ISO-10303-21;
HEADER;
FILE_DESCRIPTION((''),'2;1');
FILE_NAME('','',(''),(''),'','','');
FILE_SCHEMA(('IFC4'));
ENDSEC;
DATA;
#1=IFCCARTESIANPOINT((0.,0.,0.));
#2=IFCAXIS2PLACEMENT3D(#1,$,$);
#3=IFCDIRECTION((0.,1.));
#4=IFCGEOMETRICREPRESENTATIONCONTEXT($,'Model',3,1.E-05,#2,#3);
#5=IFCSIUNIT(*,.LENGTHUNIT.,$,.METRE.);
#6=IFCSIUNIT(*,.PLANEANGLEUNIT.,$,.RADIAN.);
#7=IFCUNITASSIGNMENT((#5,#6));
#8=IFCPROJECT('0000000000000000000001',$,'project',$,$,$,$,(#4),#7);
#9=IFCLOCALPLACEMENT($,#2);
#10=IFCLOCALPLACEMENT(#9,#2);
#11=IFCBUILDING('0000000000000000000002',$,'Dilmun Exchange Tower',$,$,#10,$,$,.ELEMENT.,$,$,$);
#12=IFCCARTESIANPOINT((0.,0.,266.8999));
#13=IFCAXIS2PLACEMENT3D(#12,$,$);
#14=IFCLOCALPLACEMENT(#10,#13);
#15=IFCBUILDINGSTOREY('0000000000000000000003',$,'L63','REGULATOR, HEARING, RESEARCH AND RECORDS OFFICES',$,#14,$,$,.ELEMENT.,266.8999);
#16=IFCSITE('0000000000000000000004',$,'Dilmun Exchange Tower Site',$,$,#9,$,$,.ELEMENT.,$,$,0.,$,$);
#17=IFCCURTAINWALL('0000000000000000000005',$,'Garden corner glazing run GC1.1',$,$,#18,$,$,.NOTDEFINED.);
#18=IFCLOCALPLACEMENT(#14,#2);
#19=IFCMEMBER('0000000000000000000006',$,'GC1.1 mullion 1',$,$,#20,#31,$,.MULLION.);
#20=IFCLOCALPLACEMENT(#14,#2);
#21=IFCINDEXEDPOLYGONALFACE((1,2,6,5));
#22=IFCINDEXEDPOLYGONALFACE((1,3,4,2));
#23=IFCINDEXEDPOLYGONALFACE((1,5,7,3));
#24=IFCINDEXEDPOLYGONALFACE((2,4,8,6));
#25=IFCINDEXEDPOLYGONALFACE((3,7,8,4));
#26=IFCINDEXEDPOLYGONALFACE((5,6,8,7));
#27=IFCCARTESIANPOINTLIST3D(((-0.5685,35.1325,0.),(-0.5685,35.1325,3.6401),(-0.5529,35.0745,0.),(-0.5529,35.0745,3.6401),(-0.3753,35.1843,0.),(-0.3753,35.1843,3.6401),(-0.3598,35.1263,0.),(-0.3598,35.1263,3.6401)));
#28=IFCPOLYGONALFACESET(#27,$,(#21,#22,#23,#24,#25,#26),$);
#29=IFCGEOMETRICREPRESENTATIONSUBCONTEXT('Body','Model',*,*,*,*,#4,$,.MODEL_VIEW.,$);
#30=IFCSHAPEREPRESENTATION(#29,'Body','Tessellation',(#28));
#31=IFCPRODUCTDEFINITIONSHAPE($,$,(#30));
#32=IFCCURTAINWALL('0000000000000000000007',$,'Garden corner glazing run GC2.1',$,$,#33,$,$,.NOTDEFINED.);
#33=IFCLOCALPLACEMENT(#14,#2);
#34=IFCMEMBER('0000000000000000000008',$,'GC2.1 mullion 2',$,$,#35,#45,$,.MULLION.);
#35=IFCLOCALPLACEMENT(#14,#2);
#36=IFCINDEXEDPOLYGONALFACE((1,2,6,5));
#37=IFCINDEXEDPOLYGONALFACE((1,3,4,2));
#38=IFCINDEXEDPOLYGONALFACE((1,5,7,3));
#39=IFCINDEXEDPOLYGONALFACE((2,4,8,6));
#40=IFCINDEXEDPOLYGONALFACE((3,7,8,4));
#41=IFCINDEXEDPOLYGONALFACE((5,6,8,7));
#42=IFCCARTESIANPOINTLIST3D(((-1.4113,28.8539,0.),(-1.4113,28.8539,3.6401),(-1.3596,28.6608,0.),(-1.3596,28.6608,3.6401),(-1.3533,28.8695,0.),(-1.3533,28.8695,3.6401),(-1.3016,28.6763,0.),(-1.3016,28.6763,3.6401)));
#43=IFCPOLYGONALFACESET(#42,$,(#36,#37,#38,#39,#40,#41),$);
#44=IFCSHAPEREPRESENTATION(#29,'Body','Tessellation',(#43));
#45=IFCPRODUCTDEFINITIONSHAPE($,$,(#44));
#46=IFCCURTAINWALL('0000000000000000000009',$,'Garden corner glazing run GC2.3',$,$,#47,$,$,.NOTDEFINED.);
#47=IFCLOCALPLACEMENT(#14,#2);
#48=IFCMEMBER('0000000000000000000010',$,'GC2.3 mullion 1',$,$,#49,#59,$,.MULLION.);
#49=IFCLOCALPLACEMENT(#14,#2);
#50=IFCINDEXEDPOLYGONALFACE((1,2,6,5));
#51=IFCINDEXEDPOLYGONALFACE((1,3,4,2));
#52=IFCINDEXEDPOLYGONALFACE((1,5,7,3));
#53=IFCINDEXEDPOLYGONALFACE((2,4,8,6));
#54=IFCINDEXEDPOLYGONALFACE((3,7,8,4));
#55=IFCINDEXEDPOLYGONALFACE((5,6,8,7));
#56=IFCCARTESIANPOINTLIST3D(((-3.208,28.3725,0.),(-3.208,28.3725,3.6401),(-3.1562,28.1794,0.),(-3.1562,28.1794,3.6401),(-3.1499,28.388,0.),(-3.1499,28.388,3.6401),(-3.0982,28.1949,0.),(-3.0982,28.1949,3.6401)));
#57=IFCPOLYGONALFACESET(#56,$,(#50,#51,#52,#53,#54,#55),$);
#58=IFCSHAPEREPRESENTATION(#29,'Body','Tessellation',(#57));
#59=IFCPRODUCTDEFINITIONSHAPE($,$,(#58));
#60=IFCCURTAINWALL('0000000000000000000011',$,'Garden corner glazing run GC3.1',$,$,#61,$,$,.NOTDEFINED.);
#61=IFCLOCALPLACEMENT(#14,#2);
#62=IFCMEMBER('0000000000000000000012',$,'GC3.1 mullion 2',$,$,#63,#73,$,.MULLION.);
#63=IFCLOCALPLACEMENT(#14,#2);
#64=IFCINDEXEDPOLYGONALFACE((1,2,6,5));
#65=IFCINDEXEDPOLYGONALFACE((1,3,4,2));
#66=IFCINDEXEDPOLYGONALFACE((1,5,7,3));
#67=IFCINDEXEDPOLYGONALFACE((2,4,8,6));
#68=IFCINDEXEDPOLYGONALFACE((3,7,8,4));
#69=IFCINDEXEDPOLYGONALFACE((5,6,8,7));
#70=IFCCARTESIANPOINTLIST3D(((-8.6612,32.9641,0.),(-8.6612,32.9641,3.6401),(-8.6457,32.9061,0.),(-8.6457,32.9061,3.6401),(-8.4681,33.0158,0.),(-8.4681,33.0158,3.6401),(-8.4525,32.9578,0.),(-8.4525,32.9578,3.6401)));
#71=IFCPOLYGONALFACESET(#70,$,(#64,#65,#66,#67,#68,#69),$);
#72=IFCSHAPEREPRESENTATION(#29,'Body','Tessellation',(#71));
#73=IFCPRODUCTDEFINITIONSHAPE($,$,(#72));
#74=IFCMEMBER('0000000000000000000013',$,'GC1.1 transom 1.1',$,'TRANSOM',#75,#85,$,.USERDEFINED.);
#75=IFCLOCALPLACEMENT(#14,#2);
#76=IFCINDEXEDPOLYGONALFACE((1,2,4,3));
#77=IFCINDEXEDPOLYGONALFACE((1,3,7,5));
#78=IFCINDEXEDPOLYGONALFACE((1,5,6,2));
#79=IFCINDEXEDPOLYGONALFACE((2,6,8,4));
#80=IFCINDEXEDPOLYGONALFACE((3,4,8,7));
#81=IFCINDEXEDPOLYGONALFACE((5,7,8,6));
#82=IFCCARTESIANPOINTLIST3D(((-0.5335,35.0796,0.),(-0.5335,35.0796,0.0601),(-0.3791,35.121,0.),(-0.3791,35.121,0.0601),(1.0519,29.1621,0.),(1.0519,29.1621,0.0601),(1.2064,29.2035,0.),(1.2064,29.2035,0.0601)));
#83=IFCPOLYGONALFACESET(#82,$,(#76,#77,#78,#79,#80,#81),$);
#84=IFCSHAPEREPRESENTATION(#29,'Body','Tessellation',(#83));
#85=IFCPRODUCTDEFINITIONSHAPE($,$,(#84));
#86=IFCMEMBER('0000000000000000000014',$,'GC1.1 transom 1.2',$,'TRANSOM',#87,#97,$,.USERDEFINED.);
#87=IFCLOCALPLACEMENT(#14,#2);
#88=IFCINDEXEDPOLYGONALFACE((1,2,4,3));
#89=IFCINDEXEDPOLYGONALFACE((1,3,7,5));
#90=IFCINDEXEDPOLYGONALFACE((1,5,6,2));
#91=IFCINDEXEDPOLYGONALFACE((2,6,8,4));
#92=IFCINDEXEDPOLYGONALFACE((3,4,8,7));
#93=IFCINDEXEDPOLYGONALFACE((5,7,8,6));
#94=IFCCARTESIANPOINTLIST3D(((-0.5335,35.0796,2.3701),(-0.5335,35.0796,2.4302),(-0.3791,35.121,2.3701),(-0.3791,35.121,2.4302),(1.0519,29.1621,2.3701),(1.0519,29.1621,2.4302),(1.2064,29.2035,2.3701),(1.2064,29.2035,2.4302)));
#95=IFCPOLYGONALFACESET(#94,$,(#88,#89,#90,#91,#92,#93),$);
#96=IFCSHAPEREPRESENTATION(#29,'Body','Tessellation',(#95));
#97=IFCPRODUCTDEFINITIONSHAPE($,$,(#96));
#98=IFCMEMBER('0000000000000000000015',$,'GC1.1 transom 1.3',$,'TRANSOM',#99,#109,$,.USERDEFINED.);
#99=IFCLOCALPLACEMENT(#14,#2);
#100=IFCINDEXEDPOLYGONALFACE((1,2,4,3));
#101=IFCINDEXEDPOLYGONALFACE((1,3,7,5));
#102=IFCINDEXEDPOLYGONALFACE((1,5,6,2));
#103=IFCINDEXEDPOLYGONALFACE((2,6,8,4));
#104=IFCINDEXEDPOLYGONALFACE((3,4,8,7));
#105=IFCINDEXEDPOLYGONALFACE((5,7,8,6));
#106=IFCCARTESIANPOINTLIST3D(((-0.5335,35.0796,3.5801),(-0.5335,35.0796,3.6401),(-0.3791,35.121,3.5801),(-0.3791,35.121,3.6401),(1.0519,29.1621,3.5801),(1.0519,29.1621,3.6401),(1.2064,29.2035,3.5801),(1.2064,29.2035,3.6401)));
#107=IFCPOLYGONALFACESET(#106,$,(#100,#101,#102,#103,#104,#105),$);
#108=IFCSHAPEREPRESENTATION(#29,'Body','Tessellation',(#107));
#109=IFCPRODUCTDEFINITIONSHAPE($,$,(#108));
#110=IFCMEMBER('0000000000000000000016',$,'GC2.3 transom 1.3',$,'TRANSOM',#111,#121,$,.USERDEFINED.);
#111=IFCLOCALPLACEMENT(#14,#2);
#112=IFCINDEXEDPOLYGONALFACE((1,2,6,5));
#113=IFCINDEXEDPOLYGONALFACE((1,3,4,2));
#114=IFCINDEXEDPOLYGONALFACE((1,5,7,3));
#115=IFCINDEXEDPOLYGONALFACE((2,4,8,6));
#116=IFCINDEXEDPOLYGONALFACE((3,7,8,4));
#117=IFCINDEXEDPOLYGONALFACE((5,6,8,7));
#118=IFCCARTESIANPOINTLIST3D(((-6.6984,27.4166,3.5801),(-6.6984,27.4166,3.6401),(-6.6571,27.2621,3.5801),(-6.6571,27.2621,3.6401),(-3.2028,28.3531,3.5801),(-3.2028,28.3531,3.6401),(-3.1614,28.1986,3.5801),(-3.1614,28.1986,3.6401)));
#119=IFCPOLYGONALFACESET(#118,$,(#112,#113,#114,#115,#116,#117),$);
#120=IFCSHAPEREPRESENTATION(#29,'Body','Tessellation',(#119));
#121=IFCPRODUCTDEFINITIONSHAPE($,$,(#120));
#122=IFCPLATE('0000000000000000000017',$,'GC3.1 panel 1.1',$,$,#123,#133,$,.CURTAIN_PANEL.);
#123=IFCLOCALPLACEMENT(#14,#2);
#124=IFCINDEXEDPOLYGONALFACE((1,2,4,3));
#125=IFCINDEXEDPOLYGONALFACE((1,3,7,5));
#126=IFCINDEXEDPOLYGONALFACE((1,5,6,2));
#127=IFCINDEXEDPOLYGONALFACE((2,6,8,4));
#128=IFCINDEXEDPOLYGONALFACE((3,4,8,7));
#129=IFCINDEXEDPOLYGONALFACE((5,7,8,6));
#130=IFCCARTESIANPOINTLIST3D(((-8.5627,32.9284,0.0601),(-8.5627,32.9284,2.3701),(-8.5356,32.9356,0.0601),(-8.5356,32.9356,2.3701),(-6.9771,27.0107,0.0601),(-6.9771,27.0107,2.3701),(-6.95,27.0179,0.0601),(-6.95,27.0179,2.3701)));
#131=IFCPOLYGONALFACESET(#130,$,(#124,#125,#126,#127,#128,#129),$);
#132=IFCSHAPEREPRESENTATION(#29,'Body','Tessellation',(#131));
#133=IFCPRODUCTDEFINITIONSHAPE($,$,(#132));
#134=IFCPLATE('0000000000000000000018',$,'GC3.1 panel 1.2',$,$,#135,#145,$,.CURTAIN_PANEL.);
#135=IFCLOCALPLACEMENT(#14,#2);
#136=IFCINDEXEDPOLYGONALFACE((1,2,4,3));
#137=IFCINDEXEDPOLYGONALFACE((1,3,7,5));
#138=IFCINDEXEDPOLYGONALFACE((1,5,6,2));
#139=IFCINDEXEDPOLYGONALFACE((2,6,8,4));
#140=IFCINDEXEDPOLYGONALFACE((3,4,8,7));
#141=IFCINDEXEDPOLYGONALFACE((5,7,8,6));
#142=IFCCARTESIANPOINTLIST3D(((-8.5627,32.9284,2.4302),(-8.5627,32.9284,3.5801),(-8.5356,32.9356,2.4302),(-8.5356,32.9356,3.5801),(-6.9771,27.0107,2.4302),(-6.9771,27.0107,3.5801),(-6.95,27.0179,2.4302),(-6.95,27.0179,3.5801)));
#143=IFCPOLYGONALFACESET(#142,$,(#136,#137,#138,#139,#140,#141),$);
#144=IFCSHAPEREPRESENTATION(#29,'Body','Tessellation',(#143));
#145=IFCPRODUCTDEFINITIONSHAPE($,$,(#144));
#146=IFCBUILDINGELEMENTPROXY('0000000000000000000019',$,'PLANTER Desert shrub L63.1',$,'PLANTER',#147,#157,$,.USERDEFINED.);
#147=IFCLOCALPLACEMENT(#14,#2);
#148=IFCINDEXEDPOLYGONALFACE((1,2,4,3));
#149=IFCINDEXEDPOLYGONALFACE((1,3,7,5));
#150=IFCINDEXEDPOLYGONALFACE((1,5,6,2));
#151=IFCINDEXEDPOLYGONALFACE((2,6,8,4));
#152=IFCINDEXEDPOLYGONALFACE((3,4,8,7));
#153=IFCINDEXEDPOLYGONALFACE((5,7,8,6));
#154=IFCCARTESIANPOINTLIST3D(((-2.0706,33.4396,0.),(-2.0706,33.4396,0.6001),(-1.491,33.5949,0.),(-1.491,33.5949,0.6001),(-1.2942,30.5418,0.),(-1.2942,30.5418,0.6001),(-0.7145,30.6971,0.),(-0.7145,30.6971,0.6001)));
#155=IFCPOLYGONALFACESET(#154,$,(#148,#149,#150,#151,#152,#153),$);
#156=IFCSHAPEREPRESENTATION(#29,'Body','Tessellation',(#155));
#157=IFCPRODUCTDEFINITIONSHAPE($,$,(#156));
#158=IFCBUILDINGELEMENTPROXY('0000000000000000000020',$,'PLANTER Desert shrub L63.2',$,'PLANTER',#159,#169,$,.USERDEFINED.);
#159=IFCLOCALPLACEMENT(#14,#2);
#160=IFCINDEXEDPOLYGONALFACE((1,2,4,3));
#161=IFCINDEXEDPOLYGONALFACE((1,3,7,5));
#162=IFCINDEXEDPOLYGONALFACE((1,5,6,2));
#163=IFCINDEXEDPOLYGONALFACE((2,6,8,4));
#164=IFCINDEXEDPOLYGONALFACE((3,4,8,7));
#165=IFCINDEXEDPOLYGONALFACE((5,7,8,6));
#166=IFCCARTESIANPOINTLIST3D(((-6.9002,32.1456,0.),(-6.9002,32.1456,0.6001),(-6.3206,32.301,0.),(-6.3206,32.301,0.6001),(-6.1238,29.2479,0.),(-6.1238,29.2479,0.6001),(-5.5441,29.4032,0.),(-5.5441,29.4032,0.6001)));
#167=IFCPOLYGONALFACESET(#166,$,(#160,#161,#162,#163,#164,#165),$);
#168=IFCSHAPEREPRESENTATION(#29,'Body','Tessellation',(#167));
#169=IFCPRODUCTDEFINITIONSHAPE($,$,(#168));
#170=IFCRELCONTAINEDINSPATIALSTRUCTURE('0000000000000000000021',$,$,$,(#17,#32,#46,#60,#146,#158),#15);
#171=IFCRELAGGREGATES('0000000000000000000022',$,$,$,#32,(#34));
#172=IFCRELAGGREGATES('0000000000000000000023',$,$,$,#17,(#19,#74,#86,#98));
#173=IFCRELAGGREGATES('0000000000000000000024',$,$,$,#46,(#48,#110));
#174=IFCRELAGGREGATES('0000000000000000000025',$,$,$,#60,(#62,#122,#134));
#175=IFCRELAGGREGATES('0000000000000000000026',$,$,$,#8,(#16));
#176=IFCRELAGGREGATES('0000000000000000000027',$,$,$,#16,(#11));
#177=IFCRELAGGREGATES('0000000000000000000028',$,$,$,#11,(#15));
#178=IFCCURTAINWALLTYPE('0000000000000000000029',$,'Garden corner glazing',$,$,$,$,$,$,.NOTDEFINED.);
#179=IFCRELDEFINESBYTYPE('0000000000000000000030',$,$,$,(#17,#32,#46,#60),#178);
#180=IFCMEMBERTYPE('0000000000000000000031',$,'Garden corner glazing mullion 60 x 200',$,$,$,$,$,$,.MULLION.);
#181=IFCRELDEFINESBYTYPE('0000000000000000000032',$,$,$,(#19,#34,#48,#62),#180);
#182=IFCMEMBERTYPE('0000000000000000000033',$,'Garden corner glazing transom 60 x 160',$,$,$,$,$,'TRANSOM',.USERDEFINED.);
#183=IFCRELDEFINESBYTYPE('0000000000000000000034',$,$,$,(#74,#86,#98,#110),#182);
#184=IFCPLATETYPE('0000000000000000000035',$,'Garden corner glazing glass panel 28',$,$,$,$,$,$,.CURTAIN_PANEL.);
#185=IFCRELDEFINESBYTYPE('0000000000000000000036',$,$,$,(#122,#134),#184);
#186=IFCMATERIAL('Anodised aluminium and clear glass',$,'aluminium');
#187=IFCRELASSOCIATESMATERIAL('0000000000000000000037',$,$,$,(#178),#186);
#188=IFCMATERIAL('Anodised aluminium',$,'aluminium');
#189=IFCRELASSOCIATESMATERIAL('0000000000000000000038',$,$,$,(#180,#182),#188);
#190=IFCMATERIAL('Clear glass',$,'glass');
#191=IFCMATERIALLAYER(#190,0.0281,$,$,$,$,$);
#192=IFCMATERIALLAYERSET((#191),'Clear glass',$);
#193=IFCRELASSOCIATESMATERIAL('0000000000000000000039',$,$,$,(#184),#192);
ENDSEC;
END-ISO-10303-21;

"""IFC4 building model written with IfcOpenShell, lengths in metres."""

from ifc_helpers import new_model, si_unit, direction, frame, origin, origin_2d, place, context, subcontext, project, spatial, rectangle, extrude, material, layer, layer_set, material_profile, profile_set, type_object, element, aggregate, save


model = new_model("IFC4")

# Units and contexts
model_context = context("Model", 3, precision=1e-05, world=origin(), true_north=direction((0.0, 1.0)))
body_context = subcontext(model_context, "Body", "Model", "MODEL_VIEW")
ifc_project = project(units=[si_unit("LENGTHUNIT", "METRE"), si_unit("PLANEANGLEUNIT", "RADIAN")], contexts=[model_context])

# Site, building, storey
site_placement = place(None, origin())
site = spatial("IfcSite", under=ifc_project, at=site_placement, Name="Dilmun Exchange Tower Site", CompositionType="ELEMENT", RefElevation=0.0)
building_placement = place(site_placement, origin())
building = spatial("IfcBuilding", under=site, at=building_placement, Name="Dilmun Exchange Tower", CompositionType="ELEMENT")
storey_placement = place(building_placement, frame((0.0, 0.0, 266.8999)))
storey = spatial("IfcBuildingStorey", under=building, at=storey_placement, Name="L63", Description="REGULATOR, HEARING, RESEARCH AND RECORDS OFFICES", CompositionType="ELEMENT", Elevation=266.8999)

# Curtain walls, members
ifc_material_1 = material(Name="Anodised aluminium and clear glass", Category="aluminium")
curtain_wall_type = type_object("IfcCurtainWallType", Name="Garden corner glazing", PredefinedType="NOTDEFINED", material=ifc_material_1)
curtain_wall_1_placement = place(storey_placement, origin())
curtain_wall_1 = element("IfcCurtainWall", 1, at=curtain_wall_1_placement, inside=storey, type_object=curtain_wall_type, Name="Garden corner glazing run GC1.1", PredefinedType="NOTDEFINED")
ifc_material_2 = material(Name="Anodised aluminium", Category="aluminium")
ifc_material_profile_1 = material_profile(ifc_material_2, rectangle(XDim=0.2, YDim=0.0601, at=origin_2d()), Name="AL 60x200")
ifc_profile_set_1 = profile_set([ifc_material_profile_1], Name="Anodised aluminium")
member_type_1 = type_object("IfcMemberType", Name="Garden corner glazing mullion 60 x 200", PredefinedType="MULLION", material=ifc_profile_set_1)
member_1_placement = place(storey_placement, frame((-0.4641, 35.1294, 0.0), z_axis=(0.0, 0.0, 1.0), x_axis=(0.965926, 0.258819, 0.0)))
member_1 = element("IfcMember", 2, at=member_1_placement, type_object=member_type_1, Name="GC1.1 mullion 1", PredefinedType="MULLION", context=body_context, shape_type="SweptSolid", body=[
    extrude(rectangle(XDim=0.2, YDim=0.0601, at=origin_2d()), origin(), (0.0, 0.0, 1.0), 3.6401),
])
curtain_wall_2_placement = place(storey_placement, origin())
curtain_wall_2 = element("IfcCurtainWall", 3, at=curtain_wall_2_placement, inside=storey, type_object=curtain_wall_type, Name="Garden corner glazing run GC2.1", PredefinedType="NOTDEFINED")
member_2_placement = place(storey_placement, frame((-1.3564, 28.7651, 0.0), z_axis=(0.0, 0.0, 1.0), x_axis=(0.25881, -0.965928, 0.0)))
member_2 = element("IfcMember", 4, at=member_2_placement, type_object=member_type_1, Name="GC2.1 mullion 2", PredefinedType="MULLION", context=body_context, shape_type="SweptSolid", body=[
    extrude(rectangle(XDim=0.2, YDim=0.0601, at=origin_2d()), origin(), (0.0, 0.0, 1.0), 3.6401),
])
aggregate(curtain_wall_2, [member_2])
curtain_wall_3_placement = place(storey_placement, origin())
curtain_wall_3 = element("IfcCurtainWall", 5, at=curtain_wall_3_placement, inside=storey, type_object=curtain_wall_type, Name="Garden corner glazing run GC2.3", PredefinedType="NOTDEFINED")
member_3_placement = place(storey_placement, frame((-3.1531, 28.2837, 0.0), z_axis=(0.0, 0.0, 1.0), x_axis=(0.258813, -0.965928, 0.0)))
member_3 = element("IfcMember", 6, at=member_3_placement, type_object=member_type_1, Name="GC2.3 mullion 1", PredefinedType="MULLION", context=body_context, shape_type="SweptSolid", body=[
    extrude(rectangle(XDim=0.2, YDim=0.0601, at=origin_2d()), origin(), (0.0, 0.0, 1.0), 3.6401),
])
curtain_wall_4_placement = place(storey_placement, origin())
curtain_wall_4 = element("IfcCurtainWall", 7, at=curtain_wall_4_placement, inside=storey, type_object=curtain_wall_type, Name="Garden corner glazing run GC3.1", PredefinedType="NOTDEFINED")
member_4_placement = place(storey_placement, frame((-8.5569, 32.9609, 0.0), z_axis=(0.0, 0.0, 1.0), x_axis=(-0.965926, -0.258819, 0.0)))
member_4 = element("IfcMember", 8, at=member_4_placement, type_object=member_type_1, Name="GC3.1 mullion 2", PredefinedType="MULLION", context=body_context, shape_type="SweptSolid", body=[
    extrude(rectangle(XDim=0.2, YDim=0.0601, at=origin_2d()), origin(), (0.0, 0.0, 1.0), 3.6401),
])

# Members
ifc_material_profile_2 = material_profile(ifc_material_2, rectangle(XDim=0.1599, YDim=0.0601, at=origin_2d()), Name="AL 60x160")
ifc_profile_set_2 = profile_set([ifc_material_profile_2], Name="Anodised aluminium")
member_type_2 = type_object("IfcMemberType", Name="Garden corner glazing transom 60 x 160", ElementType="TRANSOM", PredefinedType="USERDEFINED", material=ifc_profile_set_2)
member_5_placement = place(storey_placement, frame((-0.4563, 35.1003, 0.03), z_axis=(0.258799, -0.965931, 0.0), x_axis=(0.965931, 0.258799, 0.0)))
member_5 = element("IfcMember", 9, at=member_5_placement, type_object=member_type_2, Name="GC1.1 transom 1.1", ObjectType="TRANSOM", PredefinedType="USERDEFINED", context=body_context, shape_type="SweptSolid", body=[
    extrude(rectangle(XDim=0.1599, YDim=0.0601, at=origin_2d()), origin(), (0.0, 0.0, 1.0), 6.1262),
])
member_6_placement = place(storey_placement, frame((-0.4563, 35.1003, 2.4001), z_axis=(0.258799, -0.965931, 0.0), x_axis=(0.965931, 0.258799, 0.0)))
member_6 = element("IfcMember", 10, at=member_6_placement, type_object=member_type_2, Name="GC1.1 transom 1.2", ObjectType="TRANSOM", PredefinedType="USERDEFINED", context=body_context, shape_type="SweptSolid", body=[
    extrude(rectangle(XDim=0.1599, YDim=0.0601, at=origin_2d()), origin(), (0.0, 0.0, 1.0), 6.1262),
])
member_7_placement = place(storey_placement, frame((-0.4563, 35.1003, 3.6101), z_axis=(0.258799, -0.965931, 0.0), x_axis=(0.965931, 0.258799, 0.0)))
member_7 = element("IfcMember", 11, at=member_7_placement, type_object=member_type_2, Name="GC1.1 transom 1.3", ObjectType="TRANSOM", PredefinedType="USERDEFINED", context=body_context, shape_type="SweptSolid", body=[
    extrude(rectangle(XDim=0.1599, YDim=0.0601, at=origin_2d()), origin(), (0.0, 0.0, 1.0), 6.1262),
])
aggregate(curtain_wall_1, [member_1, member_5, member_6, member_7])
member_8_placement = place(storey_placement, frame((-3.1821, 28.2759, 3.6101), z_axis=(-0.965934, -0.258788, 0.0), x_axis=(0.258788, -0.965934, 0.0)))
member_8 = element("IfcMember", 12, at=member_8_placement, type_object=member_type_2, Name="GC2.3 transom 1.3", ObjectType="TRANSOM", PredefinedType="USERDEFINED", context=body_context, shape_type="SweptSolid", body=[
    extrude(rectangle(XDim=0.1599, YDim=0.0601, at=origin_2d()), origin(), (0.0, 0.0, 1.0), 3.6189),
])
aggregate(curtain_wall_3, [member_3, member_8])

# Plates
ifc_material_3 = material(Name="Clear glass", Category="glass")
ifc_layer_1 = layer(ifc_material_3, 0.0281)
ifc_layer_set_1 = layer_set([ifc_layer_1], Name="Clear glass")
plate_type = type_object("IfcPlateType", Name="Garden corner glazing glass panel 28", PredefinedType="CURTAIN_PANEL", material=ifc_layer_set_1)
plate_1_placement = place(storey_placement, frame((-7.7563, 29.9731, 0.0601), z_axis=(0.0, 0.0, 1.0), x_axis=(-0.258819, 0.965926, 0.0)))
plate_1 = element("IfcPlate", 13, at=plate_1_placement, type_object=plate_type, Name="GC3.1 panel 1.1", PredefinedType="CURTAIN_PANEL", context=body_context, shape_type="SweptSolid", body=[
    extrude(rectangle(XDim=6.1265, YDim=0.0281, at=origin_2d()), origin(), (0.0, 0.0, 1.0), 2.3101),
])
plate_2_placement = place(storey_placement, frame((-7.7563, 29.9731, 2.4302), z_axis=(0.0, 0.0, 1.0), x_axis=(-0.258819, 0.965926, 0.0)))
plate_2 = element("IfcPlate", 14, at=plate_2_placement, type_object=plate_type, Name="GC3.1 panel 1.2", PredefinedType="CURTAIN_PANEL", context=body_context, shape_type="SweptSolid", body=[
    extrude(rectangle(XDim=6.1265, YDim=0.0281, at=origin_2d()), origin(), (0.0, 0.0, 1.0), 1.1499),
])
aggregate(curtain_wall_4, [member_4, plate_1, plate_2])

# Building element proxies
for number, where, z_axis, x_axis, name in (
    (15, (-1.3926, 32.0684, 0.0), (0.0, 0.0, 1.0), (-0.258819, 0.965926, 0.0), "PLANTER Desert shrub L63.1"),
    (16, (-6.2222, 30.7744, 0.0), (0.0, 0.0, 1.0), (-0.258819, 0.965926, 0.0), "PLANTER Desert shrub L63.2"),
):
    element("IfcBuildingElementProxy", number, at=place(storey_placement, frame(where, z_axis=z_axis, x_axis=x_axis)), inside=storey, Name=name, ObjectType="PLANTER", PredefinedType="USERDEFINED", context=body_context, shape_type="SweptSolid", body=[
        extrude(rectangle(XDim=3.0, YDim=0.6001, at=origin_2d()), origin(), (0.0, 0.0, 1.0), 0.6001),
    ])

save(model, "model.ifc")
